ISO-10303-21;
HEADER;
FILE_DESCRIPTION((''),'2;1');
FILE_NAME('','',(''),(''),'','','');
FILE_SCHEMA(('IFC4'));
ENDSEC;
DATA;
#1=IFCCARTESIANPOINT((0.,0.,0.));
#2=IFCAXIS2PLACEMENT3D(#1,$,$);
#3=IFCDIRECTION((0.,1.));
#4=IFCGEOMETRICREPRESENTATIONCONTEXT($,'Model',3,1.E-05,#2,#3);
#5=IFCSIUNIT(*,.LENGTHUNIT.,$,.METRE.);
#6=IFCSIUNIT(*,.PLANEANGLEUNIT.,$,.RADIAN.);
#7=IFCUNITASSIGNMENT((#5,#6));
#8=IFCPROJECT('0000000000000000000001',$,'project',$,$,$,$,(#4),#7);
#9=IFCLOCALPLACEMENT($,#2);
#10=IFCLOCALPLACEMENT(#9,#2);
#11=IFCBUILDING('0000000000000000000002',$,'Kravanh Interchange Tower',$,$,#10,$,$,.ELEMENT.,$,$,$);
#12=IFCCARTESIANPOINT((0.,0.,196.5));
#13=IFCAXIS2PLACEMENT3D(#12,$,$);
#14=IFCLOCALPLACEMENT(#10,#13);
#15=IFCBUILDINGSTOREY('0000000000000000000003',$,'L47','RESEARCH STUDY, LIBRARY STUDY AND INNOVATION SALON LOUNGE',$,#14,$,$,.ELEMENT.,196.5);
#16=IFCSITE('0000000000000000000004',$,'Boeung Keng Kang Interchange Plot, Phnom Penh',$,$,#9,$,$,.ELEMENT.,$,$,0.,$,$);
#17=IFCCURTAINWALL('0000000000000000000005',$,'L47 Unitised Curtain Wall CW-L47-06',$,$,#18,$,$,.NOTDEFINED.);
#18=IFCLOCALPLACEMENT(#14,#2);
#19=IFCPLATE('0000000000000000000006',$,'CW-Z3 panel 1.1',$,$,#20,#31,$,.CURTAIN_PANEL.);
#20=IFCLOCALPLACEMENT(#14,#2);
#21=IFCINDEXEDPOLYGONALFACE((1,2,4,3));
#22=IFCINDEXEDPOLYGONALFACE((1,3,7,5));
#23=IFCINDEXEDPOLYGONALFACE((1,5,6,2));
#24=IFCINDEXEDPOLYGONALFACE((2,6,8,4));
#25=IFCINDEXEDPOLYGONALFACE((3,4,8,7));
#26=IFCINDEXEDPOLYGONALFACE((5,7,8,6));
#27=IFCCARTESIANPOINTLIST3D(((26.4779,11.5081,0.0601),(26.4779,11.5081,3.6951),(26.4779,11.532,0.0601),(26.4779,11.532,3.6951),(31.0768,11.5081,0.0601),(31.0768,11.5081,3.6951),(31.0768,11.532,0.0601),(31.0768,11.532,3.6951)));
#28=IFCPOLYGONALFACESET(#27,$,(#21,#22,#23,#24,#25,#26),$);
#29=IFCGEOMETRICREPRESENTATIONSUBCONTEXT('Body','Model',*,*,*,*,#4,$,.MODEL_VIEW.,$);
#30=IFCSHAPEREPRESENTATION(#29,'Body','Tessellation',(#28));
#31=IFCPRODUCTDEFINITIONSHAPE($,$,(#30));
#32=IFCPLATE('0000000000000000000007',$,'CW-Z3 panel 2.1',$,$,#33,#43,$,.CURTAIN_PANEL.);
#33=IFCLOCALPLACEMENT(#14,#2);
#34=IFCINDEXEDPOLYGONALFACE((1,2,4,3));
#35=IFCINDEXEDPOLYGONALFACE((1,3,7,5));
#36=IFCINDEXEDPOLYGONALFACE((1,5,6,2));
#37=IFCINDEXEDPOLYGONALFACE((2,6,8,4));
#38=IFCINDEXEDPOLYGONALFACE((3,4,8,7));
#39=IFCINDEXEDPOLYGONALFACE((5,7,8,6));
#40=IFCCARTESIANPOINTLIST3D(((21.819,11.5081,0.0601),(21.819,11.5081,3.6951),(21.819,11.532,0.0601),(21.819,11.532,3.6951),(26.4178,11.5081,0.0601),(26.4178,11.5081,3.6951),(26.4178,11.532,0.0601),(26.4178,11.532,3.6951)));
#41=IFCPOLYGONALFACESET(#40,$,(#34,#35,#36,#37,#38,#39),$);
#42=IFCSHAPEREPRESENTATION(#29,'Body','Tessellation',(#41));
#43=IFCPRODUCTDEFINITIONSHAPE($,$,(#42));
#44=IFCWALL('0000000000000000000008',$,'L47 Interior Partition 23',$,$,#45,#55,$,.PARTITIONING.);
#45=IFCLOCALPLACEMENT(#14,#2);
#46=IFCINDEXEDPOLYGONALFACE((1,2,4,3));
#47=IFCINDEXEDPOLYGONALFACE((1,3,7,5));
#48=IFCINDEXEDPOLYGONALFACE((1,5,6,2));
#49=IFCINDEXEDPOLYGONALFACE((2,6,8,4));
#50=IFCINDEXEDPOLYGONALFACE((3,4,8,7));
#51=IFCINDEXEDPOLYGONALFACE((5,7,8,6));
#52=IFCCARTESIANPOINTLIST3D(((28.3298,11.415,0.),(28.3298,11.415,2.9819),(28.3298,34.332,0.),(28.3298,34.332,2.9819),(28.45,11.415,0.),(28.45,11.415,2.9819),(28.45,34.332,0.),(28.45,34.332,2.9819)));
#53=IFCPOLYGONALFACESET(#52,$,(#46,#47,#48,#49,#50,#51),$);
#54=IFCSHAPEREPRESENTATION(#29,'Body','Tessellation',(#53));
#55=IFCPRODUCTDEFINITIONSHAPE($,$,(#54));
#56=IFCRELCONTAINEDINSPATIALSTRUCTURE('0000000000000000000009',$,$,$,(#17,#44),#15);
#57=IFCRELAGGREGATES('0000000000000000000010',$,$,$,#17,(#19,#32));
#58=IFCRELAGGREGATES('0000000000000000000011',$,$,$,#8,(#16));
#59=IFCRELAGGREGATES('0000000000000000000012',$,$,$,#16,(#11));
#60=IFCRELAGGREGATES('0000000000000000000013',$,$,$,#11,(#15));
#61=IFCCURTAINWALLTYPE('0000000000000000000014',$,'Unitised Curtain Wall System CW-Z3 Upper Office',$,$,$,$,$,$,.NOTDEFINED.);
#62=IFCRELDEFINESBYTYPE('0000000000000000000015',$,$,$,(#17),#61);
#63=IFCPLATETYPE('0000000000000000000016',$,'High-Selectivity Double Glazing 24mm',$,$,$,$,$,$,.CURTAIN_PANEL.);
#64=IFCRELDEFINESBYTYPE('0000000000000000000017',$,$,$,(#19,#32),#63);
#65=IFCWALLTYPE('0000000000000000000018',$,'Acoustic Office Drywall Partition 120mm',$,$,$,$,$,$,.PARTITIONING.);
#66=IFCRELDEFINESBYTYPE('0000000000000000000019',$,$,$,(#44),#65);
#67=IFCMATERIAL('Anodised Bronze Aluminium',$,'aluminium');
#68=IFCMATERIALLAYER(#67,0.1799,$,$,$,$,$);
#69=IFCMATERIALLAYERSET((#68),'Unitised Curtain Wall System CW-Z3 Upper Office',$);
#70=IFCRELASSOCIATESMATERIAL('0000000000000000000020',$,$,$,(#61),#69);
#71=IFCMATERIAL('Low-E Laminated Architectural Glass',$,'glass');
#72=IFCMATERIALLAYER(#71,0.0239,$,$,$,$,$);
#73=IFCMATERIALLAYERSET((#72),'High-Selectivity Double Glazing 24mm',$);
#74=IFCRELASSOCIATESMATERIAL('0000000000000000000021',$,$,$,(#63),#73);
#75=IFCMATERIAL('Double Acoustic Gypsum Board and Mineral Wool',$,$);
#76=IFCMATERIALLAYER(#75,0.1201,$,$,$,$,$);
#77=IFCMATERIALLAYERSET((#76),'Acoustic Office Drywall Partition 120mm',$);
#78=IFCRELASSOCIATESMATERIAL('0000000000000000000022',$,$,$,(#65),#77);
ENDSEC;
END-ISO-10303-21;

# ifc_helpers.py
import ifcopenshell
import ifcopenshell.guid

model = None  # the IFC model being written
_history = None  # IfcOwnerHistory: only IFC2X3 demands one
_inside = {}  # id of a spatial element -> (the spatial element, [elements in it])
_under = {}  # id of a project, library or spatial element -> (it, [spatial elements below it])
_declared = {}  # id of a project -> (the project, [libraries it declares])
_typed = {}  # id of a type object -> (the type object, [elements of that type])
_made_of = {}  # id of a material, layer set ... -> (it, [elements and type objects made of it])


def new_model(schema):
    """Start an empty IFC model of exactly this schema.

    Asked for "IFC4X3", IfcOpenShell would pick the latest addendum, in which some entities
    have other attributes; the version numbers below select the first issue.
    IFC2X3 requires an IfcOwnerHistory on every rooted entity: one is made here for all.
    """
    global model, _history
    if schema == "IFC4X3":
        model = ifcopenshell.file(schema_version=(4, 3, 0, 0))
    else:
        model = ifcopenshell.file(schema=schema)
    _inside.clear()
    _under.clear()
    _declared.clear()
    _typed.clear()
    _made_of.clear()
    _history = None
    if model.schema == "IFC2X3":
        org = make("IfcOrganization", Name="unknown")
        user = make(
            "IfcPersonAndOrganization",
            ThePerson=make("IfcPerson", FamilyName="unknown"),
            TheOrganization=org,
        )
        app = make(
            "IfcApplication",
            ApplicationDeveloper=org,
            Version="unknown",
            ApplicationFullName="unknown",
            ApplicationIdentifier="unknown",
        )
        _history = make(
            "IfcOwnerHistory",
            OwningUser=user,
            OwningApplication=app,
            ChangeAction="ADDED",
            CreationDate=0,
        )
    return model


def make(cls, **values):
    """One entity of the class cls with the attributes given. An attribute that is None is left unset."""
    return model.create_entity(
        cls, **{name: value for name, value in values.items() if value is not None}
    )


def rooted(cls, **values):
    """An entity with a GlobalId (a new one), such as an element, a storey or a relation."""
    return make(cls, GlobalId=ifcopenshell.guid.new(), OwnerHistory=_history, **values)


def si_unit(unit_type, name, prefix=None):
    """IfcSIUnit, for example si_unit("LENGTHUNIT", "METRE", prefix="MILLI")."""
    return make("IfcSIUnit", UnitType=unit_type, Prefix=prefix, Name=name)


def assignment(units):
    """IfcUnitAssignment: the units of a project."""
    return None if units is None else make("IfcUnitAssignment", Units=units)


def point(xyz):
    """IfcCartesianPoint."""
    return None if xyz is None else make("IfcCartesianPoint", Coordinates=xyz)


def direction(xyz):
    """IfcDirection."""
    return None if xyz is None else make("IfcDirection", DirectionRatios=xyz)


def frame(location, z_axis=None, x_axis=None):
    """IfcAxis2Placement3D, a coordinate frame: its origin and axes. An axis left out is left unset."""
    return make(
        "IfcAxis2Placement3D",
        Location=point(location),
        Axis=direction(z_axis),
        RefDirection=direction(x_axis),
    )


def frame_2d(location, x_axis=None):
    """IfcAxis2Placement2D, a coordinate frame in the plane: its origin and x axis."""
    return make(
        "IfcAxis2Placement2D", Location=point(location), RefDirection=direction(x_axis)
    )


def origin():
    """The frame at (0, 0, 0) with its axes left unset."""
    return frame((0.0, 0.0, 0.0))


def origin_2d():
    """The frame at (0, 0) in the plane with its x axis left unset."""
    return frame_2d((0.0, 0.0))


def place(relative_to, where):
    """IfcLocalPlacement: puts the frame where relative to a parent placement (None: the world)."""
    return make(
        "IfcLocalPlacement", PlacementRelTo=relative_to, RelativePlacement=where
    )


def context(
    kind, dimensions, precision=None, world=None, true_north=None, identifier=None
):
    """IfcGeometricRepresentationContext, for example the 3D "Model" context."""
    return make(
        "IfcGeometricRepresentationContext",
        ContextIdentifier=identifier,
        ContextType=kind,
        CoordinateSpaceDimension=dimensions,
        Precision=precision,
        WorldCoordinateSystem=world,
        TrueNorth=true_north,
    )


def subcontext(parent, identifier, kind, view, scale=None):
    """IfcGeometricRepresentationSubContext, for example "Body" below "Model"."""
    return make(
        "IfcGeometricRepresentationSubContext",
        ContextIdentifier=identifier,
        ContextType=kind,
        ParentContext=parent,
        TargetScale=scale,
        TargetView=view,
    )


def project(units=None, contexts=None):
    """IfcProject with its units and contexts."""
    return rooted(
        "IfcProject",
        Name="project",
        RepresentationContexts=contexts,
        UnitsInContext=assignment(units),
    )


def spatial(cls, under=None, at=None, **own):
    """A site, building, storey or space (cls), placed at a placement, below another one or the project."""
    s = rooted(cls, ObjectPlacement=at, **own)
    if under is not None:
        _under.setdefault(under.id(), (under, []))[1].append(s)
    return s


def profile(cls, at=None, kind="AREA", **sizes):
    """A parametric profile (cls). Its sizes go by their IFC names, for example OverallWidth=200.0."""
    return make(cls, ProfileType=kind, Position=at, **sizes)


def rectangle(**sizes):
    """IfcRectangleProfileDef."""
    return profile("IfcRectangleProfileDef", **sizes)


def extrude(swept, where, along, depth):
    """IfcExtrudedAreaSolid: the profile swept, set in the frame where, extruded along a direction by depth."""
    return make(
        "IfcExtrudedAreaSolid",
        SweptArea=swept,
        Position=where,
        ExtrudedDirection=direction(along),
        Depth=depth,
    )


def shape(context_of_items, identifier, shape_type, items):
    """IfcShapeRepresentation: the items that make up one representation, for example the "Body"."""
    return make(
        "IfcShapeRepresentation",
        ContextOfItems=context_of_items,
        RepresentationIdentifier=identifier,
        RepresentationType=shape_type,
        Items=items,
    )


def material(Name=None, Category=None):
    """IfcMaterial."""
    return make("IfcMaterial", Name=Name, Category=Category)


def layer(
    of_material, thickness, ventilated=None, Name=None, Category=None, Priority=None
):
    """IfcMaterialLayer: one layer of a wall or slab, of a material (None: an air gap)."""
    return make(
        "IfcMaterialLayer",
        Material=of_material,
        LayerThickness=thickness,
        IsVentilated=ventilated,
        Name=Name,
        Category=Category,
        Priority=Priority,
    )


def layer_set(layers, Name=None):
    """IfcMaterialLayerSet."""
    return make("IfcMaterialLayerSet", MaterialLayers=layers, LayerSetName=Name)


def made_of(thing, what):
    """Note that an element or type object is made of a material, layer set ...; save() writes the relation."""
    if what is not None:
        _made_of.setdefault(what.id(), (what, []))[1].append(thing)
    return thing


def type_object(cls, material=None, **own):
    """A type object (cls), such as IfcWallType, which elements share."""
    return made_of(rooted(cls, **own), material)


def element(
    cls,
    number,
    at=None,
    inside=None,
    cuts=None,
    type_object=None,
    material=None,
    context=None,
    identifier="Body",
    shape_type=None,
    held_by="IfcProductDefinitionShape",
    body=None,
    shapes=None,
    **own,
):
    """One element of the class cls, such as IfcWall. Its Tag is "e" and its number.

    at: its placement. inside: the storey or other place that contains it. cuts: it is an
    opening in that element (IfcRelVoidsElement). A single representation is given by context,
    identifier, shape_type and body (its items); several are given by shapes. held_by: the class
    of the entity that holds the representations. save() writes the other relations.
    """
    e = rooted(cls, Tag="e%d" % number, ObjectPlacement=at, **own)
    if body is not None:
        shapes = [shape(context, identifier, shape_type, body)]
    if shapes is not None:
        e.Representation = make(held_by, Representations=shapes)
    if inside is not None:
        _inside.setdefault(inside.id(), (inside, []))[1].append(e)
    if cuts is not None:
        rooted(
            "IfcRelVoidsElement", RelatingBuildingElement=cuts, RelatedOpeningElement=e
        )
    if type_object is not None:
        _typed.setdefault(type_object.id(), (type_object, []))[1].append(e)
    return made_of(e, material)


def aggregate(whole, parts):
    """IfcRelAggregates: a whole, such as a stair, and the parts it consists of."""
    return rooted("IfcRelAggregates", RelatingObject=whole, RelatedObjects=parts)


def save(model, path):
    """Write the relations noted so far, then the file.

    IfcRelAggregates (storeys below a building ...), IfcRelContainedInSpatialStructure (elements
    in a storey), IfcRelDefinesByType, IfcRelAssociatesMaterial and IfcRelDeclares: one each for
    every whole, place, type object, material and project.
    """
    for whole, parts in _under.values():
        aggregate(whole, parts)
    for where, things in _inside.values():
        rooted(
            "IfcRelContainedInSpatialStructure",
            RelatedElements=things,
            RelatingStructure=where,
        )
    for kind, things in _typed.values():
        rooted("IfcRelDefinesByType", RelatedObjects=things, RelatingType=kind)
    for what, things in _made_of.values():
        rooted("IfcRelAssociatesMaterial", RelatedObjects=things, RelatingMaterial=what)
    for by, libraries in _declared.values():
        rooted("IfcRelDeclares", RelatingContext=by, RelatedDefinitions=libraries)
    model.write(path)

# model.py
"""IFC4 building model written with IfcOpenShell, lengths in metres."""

from ifc_helpers import new_model, si_unit, direction, frame, frame_2d, origin, origin_2d, place, context, subcontext, project, spatial, rectangle, extrude, material, layer, layer_set, type_object, element, aggregate, save


model = new_model("IFC4")

# Units and contexts
model_context = context("Model", 3, precision=1e-05, world=origin(), true_north=direction((0.0, 1.0)))
body_context = subcontext(model_context, "Body", "Model", "MODEL_VIEW")
ifc_project = project(units=[si_unit("LENGTHUNIT", "METRE"), si_unit("PLANEANGLEUNIT", "RADIAN")], contexts=[model_context])

# Site, building, storey
site_placement = place(None, origin())
site = spatial("IfcSite", under=ifc_project, at=site_placement, Name="Boeung Keng Kang Interchange Plot, Phnom Penh", CompositionType="ELEMENT", RefElevation=0.0)
building_placement = place(site_placement, origin())
building = spatial("IfcBuilding", under=site, at=building_placement, Name="Kravanh Interchange Tower", CompositionType="ELEMENT")
storey_placement = place(building_placement, frame((0.0, 0.0, 196.5)))
storey = spatial("IfcBuildingStorey", under=building, at=storey_placement, Name="L47", Description="RESEARCH STUDY, LIBRARY STUDY AND INNOVATION SALON LOUNGE", CompositionType="ELEMENT", Elevation=196.5)

# Curtain wall
ifc_material_1 = material(Name="Anodised Bronze Aluminium", Category="aluminium")
ifc_layer_1 = layer(ifc_material_1, 0.1799)
ifc_layer_set_1 = layer_set([ifc_layer_1], Name="Unitised Curtain Wall System CW-Z3 Upper Office")
curtain_wall_type = type_object("IfcCurtainWallType", Name="Unitised Curtain Wall System CW-Z3 Upper Office", PredefinedType="NOTDEFINED", material=ifc_layer_set_1)
curtain_wall_1_placement = place(storey_placement, origin())
curtain_wall_1 = element("IfcCurtainWall", 1, at=curtain_wall_1_placement, inside=storey, type_object=curtain_wall_type, Name="L47 Unitised Curtain Wall CW-L47-06", PredefinedType="NOTDEFINED")

# Plates
ifc_material_2 = material(Name="Low-E Laminated Architectural Glass", Category="glass")
ifc_layer_2 = layer(ifc_material_2, 0.0239)
ifc_layer_set_2 = layer_set([ifc_layer_2], Name="High-Selectivity Double Glazing 24mm")
plate_type = type_object("IfcPlateType", Name="High-Selectivity Double Glazing 24mm", PredefinedType="CURTAIN_PANEL", material=ifc_layer_set_2)
plate_1_placement = place(storey_placement, frame((28.7773, 11.52, 0.0601), z_axis=(0.0, 0.0, 1.0), x_axis=(-1.0, 0.0, 0.0)))
plate_1 = element("IfcPlate", 2, at=plate_1_placement, type_object=plate_type, Name="CW-Z3 panel 1.1", PredefinedType="CURTAIN_PANEL", context=body_context, shape_type="SweptSolid", body=[
    extrude(rectangle(XDim=4.5989, YDim=0.0239, at=origin_2d()), origin(), (0.0, 0.0, 1.0), 3.635),
])
plate_2_placement = place(storey_placement, frame((24.1184, 11.52, 0.0601), z_axis=(0.0, 0.0, 1.0), x_axis=(-1.0, 0.0, 0.0)))
plate_2 = element("IfcPlate", 3, at=plate_2_placement, type_object=plate_type, Name="CW-Z3 panel 2.1", PredefinedType="CURTAIN_PANEL", context=body_context, shape_type="SweptSolid", body=[
    extrude(rectangle(XDim=4.5989, YDim=0.0239, at=origin_2d()), origin(), (0.0, 0.0, 1.0), 3.635),
])
aggregate(curtain_wall_1, [plate_1, plate_2])

# Wall
ifc_material_3 = material(Name="Double Acoustic Gypsum Board and Mineral Wool")
ifc_layer_3 = layer(ifc_material_3, 0.1201)
ifc_layer_set_3 = layer_set([ifc_layer_3], Name="Acoustic Office Drywall Partition 120mm")
wall_type = type_object("IfcWallType", Name="Acoustic Office Drywall Partition 120mm", PredefinedType="PARTITIONING", material=ifc_layer_set_3)
wall_placement = place(storey_placement, frame((28.3899, 11.415, 0.0), z_axis=(0.0, 0.0, 1.0), x_axis=(0.0, 1.0, 0.0)))
element("IfcWall", 4, at=wall_placement, inside=storey, type_object=wall_type, Name="L47 Interior Partition 23", PredefinedType="PARTITIONING", context=body_context, shape_type="SweptSolid", body=[
    extrude(rectangle(XDim=22.917, YDim=0.1201, at=frame_2d((11.4585, 0.0))), origin(), (0.0, 0.0, 1.0), 2.9819),
])

save(model, "model.ifc")
